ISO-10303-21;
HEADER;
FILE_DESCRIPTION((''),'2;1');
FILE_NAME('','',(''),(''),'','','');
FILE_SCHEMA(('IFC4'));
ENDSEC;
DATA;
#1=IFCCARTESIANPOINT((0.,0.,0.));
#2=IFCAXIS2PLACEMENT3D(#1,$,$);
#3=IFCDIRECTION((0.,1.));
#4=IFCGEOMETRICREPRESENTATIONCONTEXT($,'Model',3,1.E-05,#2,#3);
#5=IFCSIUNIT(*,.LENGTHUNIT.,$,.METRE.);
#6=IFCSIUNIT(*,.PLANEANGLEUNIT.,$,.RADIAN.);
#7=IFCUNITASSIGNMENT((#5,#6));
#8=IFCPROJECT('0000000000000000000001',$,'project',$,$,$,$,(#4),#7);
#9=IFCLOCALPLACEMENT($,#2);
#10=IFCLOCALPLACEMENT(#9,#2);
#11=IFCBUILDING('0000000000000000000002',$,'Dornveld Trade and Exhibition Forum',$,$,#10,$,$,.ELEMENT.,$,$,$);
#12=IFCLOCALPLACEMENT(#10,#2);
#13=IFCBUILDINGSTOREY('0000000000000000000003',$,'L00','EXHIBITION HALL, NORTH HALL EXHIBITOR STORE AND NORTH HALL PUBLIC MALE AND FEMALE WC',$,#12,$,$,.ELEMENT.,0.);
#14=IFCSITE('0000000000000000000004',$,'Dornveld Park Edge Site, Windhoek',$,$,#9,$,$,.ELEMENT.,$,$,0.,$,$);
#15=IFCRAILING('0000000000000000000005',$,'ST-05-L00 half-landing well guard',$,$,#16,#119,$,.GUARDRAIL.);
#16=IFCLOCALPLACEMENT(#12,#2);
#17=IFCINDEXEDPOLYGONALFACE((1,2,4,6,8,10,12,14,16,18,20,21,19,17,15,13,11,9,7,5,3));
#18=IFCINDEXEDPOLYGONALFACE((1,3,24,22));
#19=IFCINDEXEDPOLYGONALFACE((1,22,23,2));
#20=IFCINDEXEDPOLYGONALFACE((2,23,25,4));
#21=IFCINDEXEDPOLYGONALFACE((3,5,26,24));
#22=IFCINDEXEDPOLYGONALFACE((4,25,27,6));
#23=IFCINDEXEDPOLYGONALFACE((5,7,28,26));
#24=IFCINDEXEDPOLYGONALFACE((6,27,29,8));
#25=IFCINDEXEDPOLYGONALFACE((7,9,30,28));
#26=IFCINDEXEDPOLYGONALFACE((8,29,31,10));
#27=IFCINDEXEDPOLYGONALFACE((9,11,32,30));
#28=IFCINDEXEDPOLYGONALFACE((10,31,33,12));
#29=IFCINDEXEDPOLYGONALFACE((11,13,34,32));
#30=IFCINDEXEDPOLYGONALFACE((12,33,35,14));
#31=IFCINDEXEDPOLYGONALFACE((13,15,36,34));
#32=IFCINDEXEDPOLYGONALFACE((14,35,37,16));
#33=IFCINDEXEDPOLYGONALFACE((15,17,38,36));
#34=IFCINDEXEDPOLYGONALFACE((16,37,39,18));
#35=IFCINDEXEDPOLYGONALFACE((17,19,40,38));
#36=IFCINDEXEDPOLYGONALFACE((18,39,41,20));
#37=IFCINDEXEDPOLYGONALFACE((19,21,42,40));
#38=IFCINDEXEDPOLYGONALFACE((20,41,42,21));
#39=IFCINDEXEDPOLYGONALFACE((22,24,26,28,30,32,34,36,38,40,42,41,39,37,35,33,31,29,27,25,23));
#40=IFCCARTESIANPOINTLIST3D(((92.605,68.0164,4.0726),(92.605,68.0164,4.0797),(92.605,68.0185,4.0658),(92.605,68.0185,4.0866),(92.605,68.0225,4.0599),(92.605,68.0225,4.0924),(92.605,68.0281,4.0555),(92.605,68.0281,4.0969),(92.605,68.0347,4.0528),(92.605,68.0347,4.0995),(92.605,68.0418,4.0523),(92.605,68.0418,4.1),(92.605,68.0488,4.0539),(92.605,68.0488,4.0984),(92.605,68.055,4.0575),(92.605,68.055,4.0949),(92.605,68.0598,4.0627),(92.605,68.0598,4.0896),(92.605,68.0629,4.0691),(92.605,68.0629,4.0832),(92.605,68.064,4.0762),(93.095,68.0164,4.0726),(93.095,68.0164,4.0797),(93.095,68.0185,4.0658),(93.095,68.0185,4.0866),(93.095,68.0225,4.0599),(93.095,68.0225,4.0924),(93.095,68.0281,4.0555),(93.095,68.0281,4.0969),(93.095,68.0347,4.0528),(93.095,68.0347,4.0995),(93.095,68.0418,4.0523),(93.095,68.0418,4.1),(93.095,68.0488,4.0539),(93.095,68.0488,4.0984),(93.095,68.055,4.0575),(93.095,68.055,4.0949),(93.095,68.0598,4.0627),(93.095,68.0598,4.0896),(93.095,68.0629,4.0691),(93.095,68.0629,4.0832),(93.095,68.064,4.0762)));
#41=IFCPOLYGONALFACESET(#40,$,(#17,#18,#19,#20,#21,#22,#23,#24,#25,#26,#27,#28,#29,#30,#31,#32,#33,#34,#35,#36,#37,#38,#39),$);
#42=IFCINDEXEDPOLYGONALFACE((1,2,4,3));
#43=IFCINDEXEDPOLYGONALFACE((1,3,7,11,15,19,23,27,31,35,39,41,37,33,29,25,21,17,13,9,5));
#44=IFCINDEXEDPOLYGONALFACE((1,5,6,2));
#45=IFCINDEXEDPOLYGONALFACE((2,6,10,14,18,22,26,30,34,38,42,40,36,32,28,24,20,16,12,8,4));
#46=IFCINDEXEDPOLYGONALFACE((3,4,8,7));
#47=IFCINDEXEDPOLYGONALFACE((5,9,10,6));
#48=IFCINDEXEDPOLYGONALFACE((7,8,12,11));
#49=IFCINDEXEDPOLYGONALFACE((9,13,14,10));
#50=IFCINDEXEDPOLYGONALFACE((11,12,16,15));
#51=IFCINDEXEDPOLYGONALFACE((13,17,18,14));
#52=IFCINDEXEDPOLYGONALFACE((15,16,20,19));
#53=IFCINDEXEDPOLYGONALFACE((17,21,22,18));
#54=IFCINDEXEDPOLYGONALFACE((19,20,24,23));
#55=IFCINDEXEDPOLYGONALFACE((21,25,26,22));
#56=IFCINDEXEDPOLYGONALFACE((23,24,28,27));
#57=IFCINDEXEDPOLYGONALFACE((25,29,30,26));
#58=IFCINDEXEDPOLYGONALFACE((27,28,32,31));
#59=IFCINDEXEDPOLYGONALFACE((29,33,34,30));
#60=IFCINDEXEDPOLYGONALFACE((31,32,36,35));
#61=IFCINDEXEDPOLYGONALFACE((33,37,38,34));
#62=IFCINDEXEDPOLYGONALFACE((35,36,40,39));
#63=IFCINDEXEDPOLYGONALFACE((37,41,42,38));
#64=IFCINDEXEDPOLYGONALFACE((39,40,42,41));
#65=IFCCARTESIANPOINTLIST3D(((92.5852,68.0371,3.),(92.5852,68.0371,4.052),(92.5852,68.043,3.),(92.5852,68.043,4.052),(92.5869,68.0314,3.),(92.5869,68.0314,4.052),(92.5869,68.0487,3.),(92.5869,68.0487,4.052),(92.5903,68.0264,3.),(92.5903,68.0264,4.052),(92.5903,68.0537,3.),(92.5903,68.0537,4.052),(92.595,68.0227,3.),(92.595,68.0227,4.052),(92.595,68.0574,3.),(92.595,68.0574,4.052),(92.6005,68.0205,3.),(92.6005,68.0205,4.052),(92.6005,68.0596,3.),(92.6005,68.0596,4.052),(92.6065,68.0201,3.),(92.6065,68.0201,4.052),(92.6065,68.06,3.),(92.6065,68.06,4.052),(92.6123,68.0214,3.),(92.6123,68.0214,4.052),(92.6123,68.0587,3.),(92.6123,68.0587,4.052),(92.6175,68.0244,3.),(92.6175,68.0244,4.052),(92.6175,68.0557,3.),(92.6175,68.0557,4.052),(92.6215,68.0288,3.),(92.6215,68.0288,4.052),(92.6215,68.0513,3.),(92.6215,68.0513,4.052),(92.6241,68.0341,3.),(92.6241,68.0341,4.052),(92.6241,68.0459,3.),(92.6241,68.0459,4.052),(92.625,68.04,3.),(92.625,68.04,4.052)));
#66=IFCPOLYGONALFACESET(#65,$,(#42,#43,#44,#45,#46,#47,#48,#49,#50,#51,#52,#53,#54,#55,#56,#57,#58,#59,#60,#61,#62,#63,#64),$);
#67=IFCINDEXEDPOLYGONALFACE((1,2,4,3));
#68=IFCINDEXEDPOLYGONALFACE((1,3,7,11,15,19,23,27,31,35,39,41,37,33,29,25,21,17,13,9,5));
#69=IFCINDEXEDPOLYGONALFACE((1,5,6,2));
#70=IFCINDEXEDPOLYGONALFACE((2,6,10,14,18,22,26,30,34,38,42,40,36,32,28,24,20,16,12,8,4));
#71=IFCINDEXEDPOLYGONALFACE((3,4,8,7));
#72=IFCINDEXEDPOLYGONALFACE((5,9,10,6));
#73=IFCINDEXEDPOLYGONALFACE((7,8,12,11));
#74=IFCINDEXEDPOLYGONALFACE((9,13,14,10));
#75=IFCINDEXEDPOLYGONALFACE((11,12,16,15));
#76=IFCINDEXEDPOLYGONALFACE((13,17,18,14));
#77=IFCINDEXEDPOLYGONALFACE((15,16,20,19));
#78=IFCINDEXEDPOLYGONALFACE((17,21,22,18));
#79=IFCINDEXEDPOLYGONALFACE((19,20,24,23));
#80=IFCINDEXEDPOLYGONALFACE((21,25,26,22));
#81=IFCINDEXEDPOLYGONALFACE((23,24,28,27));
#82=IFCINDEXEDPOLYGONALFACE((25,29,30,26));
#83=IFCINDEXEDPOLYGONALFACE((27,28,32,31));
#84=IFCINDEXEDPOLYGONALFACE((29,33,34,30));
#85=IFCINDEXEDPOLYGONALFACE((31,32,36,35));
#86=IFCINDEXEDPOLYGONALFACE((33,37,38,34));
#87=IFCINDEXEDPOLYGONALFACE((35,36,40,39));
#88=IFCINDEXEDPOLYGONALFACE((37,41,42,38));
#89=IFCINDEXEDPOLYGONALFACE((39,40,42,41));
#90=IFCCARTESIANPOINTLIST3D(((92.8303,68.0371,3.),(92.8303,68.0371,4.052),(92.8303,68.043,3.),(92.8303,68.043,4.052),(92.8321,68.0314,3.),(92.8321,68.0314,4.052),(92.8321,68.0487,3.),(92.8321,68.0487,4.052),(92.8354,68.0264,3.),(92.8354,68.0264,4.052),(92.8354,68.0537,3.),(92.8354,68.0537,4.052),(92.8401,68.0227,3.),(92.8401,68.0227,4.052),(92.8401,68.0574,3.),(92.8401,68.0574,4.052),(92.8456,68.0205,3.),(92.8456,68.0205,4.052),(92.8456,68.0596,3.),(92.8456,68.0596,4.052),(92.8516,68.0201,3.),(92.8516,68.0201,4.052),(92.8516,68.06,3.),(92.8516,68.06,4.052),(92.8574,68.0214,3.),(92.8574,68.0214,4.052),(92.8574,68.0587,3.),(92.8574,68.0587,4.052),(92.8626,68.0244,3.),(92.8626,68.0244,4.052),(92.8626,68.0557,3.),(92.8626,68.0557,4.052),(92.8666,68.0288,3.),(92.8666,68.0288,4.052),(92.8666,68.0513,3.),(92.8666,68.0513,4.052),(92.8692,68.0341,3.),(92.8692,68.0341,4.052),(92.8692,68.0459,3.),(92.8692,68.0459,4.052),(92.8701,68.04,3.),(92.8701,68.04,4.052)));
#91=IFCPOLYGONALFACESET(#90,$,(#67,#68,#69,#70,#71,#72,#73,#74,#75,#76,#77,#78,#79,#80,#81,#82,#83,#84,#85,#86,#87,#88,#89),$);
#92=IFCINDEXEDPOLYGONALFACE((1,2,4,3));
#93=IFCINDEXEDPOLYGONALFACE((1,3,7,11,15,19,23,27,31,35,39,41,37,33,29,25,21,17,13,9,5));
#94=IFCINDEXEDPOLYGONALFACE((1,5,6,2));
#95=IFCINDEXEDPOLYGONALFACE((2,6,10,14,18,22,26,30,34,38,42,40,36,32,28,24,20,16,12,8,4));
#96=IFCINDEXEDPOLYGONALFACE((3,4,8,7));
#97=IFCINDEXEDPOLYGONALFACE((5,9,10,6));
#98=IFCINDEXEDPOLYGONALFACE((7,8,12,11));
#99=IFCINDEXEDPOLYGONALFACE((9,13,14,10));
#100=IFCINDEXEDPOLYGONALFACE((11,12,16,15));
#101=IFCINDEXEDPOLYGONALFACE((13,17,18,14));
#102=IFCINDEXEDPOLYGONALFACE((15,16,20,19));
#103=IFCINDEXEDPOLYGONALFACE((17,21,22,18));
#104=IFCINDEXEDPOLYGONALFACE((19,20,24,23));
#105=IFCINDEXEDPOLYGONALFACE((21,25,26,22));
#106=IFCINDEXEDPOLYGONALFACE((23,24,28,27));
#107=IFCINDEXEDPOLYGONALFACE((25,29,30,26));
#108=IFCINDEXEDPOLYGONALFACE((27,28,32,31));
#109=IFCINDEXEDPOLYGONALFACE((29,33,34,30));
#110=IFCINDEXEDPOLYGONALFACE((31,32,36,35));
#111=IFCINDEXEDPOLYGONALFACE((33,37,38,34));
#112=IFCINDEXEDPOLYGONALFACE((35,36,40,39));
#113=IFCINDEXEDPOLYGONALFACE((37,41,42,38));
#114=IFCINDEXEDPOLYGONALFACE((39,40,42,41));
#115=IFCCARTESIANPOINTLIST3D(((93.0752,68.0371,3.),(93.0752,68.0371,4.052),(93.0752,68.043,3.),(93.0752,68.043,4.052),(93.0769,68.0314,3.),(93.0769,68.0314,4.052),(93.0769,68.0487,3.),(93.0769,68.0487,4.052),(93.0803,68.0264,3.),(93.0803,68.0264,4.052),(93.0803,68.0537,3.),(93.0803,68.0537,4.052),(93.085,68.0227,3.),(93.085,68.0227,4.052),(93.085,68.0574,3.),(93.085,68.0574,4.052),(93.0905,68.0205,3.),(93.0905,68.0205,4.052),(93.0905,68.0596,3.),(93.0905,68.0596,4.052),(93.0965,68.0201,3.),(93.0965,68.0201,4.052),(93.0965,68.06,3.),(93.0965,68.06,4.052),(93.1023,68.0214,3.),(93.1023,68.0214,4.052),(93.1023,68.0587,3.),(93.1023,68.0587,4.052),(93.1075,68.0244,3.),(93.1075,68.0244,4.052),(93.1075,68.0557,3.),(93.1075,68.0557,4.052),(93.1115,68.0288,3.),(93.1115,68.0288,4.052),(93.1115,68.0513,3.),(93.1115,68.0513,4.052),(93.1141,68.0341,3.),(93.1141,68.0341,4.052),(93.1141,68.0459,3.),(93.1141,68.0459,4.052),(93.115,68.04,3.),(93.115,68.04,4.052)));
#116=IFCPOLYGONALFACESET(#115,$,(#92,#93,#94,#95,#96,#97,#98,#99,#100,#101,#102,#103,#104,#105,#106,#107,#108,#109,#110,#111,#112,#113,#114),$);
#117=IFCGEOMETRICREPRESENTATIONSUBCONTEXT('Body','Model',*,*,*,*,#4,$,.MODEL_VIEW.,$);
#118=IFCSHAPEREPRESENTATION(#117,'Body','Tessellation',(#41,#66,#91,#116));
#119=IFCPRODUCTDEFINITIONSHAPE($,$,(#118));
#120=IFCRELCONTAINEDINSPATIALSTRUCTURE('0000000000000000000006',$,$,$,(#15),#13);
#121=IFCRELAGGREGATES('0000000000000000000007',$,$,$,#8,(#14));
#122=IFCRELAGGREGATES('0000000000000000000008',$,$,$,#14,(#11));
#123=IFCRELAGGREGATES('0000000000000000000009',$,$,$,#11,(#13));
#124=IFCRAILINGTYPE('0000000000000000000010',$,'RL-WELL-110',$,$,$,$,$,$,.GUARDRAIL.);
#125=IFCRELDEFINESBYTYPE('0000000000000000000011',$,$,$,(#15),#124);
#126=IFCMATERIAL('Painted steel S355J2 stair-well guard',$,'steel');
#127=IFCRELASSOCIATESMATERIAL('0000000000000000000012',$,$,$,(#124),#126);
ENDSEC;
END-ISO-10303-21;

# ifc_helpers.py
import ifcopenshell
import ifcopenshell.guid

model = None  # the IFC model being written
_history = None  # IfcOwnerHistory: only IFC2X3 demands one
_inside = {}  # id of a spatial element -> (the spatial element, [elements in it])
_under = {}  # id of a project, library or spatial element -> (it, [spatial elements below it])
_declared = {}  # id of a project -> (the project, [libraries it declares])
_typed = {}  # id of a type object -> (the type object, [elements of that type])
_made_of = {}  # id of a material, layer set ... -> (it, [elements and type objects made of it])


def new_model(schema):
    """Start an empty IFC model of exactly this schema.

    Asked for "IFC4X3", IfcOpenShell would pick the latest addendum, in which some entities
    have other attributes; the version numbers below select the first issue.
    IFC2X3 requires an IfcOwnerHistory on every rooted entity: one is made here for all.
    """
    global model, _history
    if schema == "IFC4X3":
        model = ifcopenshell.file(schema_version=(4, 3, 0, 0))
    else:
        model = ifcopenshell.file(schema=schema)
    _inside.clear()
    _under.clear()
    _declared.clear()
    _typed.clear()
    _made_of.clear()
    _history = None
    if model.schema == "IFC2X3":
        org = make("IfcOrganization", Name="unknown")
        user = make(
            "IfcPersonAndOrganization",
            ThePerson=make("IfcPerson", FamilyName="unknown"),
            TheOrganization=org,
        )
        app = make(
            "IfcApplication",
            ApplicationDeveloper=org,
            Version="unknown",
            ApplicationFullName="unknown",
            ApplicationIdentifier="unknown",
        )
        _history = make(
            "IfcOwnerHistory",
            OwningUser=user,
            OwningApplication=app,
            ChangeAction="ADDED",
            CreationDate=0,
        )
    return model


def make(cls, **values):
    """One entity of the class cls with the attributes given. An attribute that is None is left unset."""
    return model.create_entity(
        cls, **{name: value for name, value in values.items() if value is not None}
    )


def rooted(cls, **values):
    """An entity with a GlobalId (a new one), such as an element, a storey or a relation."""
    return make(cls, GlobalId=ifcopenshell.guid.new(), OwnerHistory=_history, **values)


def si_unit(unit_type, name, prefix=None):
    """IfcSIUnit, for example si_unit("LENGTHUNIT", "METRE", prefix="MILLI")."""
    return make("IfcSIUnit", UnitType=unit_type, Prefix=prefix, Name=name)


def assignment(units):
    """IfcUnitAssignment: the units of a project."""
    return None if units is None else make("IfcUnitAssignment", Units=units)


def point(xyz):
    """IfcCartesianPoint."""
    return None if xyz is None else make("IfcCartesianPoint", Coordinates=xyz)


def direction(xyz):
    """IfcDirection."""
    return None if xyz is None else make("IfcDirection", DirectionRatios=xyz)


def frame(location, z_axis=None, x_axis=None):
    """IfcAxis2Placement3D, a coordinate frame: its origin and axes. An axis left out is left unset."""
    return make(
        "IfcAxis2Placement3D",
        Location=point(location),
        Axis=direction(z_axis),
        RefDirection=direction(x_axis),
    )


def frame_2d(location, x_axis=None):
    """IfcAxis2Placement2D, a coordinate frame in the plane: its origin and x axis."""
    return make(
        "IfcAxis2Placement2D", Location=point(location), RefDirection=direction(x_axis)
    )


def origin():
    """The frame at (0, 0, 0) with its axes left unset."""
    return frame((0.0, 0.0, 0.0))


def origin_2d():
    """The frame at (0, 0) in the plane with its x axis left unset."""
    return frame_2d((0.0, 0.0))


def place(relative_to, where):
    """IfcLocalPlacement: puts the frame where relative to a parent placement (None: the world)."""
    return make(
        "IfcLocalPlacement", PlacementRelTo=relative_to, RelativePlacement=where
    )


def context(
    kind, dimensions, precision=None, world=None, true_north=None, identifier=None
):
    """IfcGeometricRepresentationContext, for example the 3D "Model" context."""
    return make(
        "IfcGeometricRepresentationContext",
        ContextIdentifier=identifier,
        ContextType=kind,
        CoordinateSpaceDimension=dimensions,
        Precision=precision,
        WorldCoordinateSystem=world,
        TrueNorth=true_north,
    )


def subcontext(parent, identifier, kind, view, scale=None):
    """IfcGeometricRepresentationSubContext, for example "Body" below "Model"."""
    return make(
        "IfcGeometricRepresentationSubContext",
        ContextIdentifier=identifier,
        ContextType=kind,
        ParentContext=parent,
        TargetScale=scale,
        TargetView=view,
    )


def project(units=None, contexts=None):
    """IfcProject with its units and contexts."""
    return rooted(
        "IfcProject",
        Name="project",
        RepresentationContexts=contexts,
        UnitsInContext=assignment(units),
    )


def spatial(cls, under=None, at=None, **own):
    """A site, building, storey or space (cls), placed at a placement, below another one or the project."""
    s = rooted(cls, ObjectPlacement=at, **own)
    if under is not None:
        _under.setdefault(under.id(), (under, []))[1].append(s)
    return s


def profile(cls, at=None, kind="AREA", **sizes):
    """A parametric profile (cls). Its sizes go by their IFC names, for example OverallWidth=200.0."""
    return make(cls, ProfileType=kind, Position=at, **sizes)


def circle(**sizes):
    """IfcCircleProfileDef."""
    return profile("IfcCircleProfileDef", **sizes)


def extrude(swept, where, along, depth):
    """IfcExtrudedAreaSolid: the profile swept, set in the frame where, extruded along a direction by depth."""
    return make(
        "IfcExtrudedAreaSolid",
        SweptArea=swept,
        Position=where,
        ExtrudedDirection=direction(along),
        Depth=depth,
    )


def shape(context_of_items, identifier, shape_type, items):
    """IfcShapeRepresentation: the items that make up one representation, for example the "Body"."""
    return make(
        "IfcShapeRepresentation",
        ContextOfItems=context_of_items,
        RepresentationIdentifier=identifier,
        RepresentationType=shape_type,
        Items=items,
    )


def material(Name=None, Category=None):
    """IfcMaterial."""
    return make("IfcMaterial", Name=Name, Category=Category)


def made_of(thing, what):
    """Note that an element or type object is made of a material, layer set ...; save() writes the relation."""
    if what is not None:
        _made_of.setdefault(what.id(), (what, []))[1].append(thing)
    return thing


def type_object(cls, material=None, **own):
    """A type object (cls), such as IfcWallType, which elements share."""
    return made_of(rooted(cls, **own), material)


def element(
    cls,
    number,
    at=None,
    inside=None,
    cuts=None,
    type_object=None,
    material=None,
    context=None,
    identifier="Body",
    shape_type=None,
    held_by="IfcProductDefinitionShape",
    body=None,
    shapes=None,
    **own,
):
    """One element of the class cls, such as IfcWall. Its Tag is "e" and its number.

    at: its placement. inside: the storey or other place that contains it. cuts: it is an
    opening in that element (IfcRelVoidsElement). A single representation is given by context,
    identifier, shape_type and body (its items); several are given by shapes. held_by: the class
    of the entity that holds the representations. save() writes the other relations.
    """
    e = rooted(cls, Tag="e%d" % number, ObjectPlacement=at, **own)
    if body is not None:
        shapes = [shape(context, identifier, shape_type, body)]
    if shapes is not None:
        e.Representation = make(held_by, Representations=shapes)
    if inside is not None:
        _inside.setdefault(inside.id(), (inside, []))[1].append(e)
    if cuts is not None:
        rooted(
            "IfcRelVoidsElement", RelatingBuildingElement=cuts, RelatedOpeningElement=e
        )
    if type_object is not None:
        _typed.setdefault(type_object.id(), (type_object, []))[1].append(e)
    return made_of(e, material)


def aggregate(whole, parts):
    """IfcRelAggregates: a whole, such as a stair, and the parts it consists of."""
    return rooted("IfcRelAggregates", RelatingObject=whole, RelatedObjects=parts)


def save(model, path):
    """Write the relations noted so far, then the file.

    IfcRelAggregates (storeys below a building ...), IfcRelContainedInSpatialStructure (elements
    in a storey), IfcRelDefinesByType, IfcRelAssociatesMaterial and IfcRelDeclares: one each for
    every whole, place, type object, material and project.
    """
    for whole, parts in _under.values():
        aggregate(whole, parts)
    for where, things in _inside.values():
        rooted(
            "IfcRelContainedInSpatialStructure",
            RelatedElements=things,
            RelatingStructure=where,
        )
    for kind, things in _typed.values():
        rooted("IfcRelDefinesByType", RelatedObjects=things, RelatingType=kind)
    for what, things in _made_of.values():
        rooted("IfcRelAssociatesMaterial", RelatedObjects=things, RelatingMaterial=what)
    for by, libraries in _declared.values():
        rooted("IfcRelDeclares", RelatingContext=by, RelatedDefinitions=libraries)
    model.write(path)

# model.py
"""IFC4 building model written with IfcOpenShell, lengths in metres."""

from ifc_helpers import new_model, si_unit, direction, frame, origin, origin_2d, place, context, subcontext, project, spatial, circle, extrude, material, type_object, element, save


model = new_model("IFC4")

# Units and contexts
model_context = context("Model", 3, precision=1e-05, world=origin(), true_north=direction((0.0, 1.0)))
body_context = subcontext(model_context, "Body", "Model", "MODEL_VIEW")
ifc_project = project(units=[si_unit("LENGTHUNIT", "METRE"), si_unit("PLANEANGLEUNIT", "RADIAN")], contexts=[model_context])

# Site, building, storey
site_placement = place(None, origin())
site = spatial("IfcSite", under=ifc_project, at=site_placement, Name="Dornveld Park Edge Site, Windhoek", CompositionType="ELEMENT", RefElevation=0.0)
building_placement = place(site_placement, origin())
building = spatial("IfcBuilding", under=site, at=building_placement, Name="Dornveld Trade and Exhibition Forum", CompositionType="ELEMENT")
storey_placement = place(building_placement, origin())
storey = spatial("IfcBuildingStorey", under=building, at=storey_placement, Name="L00", Description="EXHIBITION HALL, NORTH HALL EXHIBITOR STORE AND NORTH HALL PUBLIC MALE AND FEMALE WC", CompositionType="ELEMENT", Elevation=0.0)

# Railing
ifc_material_1 = material(Name="Painted steel S355J2 stair-well guard", Category="steel")
railing_type_1 = type_object("IfcRailingType", Name="RL-WELL-110", PredefinedType="GUARDRAIL", material=ifc_material_1)
railing_1_placement = place(storey_placement, frame((92.605, 68.04, 3.0)))
element("IfcRailing", 1, at=railing_1_placement, inside=storey, type_object=railing_type_1, Name="ST-05-L00 half-landing well guard", PredefinedType="GUARDRAIL", context=body_context, shape_type="SweptSolid", body=[
    extrude(circle(Radius=0.0239, at=origin_2d()), frame((0.0, 0.0, 1.0762), z_axis=(1.0, 0.0, 0.0), x_axis=(0.0, 1.0, 0.0)), (0.0, 0.0, 1.0), 0.49),
    extrude(circle(Radius=0.02, at=origin_2d()), origin(), (0.0, 0.0, 1.0), 1.052),
    extrude(circle(Radius=0.02, at=origin_2d()), frame((0.2451, 0.0, 0.0)), (0.0, 0.0, 1.0), 1.052),
    extrude(circle(Radius=0.02, at=origin_2d()), frame((0.49, 0.0, 0.0)), (0.0, 0.0, 1.0), 1.052),
])

save(model, "model.ifc")
